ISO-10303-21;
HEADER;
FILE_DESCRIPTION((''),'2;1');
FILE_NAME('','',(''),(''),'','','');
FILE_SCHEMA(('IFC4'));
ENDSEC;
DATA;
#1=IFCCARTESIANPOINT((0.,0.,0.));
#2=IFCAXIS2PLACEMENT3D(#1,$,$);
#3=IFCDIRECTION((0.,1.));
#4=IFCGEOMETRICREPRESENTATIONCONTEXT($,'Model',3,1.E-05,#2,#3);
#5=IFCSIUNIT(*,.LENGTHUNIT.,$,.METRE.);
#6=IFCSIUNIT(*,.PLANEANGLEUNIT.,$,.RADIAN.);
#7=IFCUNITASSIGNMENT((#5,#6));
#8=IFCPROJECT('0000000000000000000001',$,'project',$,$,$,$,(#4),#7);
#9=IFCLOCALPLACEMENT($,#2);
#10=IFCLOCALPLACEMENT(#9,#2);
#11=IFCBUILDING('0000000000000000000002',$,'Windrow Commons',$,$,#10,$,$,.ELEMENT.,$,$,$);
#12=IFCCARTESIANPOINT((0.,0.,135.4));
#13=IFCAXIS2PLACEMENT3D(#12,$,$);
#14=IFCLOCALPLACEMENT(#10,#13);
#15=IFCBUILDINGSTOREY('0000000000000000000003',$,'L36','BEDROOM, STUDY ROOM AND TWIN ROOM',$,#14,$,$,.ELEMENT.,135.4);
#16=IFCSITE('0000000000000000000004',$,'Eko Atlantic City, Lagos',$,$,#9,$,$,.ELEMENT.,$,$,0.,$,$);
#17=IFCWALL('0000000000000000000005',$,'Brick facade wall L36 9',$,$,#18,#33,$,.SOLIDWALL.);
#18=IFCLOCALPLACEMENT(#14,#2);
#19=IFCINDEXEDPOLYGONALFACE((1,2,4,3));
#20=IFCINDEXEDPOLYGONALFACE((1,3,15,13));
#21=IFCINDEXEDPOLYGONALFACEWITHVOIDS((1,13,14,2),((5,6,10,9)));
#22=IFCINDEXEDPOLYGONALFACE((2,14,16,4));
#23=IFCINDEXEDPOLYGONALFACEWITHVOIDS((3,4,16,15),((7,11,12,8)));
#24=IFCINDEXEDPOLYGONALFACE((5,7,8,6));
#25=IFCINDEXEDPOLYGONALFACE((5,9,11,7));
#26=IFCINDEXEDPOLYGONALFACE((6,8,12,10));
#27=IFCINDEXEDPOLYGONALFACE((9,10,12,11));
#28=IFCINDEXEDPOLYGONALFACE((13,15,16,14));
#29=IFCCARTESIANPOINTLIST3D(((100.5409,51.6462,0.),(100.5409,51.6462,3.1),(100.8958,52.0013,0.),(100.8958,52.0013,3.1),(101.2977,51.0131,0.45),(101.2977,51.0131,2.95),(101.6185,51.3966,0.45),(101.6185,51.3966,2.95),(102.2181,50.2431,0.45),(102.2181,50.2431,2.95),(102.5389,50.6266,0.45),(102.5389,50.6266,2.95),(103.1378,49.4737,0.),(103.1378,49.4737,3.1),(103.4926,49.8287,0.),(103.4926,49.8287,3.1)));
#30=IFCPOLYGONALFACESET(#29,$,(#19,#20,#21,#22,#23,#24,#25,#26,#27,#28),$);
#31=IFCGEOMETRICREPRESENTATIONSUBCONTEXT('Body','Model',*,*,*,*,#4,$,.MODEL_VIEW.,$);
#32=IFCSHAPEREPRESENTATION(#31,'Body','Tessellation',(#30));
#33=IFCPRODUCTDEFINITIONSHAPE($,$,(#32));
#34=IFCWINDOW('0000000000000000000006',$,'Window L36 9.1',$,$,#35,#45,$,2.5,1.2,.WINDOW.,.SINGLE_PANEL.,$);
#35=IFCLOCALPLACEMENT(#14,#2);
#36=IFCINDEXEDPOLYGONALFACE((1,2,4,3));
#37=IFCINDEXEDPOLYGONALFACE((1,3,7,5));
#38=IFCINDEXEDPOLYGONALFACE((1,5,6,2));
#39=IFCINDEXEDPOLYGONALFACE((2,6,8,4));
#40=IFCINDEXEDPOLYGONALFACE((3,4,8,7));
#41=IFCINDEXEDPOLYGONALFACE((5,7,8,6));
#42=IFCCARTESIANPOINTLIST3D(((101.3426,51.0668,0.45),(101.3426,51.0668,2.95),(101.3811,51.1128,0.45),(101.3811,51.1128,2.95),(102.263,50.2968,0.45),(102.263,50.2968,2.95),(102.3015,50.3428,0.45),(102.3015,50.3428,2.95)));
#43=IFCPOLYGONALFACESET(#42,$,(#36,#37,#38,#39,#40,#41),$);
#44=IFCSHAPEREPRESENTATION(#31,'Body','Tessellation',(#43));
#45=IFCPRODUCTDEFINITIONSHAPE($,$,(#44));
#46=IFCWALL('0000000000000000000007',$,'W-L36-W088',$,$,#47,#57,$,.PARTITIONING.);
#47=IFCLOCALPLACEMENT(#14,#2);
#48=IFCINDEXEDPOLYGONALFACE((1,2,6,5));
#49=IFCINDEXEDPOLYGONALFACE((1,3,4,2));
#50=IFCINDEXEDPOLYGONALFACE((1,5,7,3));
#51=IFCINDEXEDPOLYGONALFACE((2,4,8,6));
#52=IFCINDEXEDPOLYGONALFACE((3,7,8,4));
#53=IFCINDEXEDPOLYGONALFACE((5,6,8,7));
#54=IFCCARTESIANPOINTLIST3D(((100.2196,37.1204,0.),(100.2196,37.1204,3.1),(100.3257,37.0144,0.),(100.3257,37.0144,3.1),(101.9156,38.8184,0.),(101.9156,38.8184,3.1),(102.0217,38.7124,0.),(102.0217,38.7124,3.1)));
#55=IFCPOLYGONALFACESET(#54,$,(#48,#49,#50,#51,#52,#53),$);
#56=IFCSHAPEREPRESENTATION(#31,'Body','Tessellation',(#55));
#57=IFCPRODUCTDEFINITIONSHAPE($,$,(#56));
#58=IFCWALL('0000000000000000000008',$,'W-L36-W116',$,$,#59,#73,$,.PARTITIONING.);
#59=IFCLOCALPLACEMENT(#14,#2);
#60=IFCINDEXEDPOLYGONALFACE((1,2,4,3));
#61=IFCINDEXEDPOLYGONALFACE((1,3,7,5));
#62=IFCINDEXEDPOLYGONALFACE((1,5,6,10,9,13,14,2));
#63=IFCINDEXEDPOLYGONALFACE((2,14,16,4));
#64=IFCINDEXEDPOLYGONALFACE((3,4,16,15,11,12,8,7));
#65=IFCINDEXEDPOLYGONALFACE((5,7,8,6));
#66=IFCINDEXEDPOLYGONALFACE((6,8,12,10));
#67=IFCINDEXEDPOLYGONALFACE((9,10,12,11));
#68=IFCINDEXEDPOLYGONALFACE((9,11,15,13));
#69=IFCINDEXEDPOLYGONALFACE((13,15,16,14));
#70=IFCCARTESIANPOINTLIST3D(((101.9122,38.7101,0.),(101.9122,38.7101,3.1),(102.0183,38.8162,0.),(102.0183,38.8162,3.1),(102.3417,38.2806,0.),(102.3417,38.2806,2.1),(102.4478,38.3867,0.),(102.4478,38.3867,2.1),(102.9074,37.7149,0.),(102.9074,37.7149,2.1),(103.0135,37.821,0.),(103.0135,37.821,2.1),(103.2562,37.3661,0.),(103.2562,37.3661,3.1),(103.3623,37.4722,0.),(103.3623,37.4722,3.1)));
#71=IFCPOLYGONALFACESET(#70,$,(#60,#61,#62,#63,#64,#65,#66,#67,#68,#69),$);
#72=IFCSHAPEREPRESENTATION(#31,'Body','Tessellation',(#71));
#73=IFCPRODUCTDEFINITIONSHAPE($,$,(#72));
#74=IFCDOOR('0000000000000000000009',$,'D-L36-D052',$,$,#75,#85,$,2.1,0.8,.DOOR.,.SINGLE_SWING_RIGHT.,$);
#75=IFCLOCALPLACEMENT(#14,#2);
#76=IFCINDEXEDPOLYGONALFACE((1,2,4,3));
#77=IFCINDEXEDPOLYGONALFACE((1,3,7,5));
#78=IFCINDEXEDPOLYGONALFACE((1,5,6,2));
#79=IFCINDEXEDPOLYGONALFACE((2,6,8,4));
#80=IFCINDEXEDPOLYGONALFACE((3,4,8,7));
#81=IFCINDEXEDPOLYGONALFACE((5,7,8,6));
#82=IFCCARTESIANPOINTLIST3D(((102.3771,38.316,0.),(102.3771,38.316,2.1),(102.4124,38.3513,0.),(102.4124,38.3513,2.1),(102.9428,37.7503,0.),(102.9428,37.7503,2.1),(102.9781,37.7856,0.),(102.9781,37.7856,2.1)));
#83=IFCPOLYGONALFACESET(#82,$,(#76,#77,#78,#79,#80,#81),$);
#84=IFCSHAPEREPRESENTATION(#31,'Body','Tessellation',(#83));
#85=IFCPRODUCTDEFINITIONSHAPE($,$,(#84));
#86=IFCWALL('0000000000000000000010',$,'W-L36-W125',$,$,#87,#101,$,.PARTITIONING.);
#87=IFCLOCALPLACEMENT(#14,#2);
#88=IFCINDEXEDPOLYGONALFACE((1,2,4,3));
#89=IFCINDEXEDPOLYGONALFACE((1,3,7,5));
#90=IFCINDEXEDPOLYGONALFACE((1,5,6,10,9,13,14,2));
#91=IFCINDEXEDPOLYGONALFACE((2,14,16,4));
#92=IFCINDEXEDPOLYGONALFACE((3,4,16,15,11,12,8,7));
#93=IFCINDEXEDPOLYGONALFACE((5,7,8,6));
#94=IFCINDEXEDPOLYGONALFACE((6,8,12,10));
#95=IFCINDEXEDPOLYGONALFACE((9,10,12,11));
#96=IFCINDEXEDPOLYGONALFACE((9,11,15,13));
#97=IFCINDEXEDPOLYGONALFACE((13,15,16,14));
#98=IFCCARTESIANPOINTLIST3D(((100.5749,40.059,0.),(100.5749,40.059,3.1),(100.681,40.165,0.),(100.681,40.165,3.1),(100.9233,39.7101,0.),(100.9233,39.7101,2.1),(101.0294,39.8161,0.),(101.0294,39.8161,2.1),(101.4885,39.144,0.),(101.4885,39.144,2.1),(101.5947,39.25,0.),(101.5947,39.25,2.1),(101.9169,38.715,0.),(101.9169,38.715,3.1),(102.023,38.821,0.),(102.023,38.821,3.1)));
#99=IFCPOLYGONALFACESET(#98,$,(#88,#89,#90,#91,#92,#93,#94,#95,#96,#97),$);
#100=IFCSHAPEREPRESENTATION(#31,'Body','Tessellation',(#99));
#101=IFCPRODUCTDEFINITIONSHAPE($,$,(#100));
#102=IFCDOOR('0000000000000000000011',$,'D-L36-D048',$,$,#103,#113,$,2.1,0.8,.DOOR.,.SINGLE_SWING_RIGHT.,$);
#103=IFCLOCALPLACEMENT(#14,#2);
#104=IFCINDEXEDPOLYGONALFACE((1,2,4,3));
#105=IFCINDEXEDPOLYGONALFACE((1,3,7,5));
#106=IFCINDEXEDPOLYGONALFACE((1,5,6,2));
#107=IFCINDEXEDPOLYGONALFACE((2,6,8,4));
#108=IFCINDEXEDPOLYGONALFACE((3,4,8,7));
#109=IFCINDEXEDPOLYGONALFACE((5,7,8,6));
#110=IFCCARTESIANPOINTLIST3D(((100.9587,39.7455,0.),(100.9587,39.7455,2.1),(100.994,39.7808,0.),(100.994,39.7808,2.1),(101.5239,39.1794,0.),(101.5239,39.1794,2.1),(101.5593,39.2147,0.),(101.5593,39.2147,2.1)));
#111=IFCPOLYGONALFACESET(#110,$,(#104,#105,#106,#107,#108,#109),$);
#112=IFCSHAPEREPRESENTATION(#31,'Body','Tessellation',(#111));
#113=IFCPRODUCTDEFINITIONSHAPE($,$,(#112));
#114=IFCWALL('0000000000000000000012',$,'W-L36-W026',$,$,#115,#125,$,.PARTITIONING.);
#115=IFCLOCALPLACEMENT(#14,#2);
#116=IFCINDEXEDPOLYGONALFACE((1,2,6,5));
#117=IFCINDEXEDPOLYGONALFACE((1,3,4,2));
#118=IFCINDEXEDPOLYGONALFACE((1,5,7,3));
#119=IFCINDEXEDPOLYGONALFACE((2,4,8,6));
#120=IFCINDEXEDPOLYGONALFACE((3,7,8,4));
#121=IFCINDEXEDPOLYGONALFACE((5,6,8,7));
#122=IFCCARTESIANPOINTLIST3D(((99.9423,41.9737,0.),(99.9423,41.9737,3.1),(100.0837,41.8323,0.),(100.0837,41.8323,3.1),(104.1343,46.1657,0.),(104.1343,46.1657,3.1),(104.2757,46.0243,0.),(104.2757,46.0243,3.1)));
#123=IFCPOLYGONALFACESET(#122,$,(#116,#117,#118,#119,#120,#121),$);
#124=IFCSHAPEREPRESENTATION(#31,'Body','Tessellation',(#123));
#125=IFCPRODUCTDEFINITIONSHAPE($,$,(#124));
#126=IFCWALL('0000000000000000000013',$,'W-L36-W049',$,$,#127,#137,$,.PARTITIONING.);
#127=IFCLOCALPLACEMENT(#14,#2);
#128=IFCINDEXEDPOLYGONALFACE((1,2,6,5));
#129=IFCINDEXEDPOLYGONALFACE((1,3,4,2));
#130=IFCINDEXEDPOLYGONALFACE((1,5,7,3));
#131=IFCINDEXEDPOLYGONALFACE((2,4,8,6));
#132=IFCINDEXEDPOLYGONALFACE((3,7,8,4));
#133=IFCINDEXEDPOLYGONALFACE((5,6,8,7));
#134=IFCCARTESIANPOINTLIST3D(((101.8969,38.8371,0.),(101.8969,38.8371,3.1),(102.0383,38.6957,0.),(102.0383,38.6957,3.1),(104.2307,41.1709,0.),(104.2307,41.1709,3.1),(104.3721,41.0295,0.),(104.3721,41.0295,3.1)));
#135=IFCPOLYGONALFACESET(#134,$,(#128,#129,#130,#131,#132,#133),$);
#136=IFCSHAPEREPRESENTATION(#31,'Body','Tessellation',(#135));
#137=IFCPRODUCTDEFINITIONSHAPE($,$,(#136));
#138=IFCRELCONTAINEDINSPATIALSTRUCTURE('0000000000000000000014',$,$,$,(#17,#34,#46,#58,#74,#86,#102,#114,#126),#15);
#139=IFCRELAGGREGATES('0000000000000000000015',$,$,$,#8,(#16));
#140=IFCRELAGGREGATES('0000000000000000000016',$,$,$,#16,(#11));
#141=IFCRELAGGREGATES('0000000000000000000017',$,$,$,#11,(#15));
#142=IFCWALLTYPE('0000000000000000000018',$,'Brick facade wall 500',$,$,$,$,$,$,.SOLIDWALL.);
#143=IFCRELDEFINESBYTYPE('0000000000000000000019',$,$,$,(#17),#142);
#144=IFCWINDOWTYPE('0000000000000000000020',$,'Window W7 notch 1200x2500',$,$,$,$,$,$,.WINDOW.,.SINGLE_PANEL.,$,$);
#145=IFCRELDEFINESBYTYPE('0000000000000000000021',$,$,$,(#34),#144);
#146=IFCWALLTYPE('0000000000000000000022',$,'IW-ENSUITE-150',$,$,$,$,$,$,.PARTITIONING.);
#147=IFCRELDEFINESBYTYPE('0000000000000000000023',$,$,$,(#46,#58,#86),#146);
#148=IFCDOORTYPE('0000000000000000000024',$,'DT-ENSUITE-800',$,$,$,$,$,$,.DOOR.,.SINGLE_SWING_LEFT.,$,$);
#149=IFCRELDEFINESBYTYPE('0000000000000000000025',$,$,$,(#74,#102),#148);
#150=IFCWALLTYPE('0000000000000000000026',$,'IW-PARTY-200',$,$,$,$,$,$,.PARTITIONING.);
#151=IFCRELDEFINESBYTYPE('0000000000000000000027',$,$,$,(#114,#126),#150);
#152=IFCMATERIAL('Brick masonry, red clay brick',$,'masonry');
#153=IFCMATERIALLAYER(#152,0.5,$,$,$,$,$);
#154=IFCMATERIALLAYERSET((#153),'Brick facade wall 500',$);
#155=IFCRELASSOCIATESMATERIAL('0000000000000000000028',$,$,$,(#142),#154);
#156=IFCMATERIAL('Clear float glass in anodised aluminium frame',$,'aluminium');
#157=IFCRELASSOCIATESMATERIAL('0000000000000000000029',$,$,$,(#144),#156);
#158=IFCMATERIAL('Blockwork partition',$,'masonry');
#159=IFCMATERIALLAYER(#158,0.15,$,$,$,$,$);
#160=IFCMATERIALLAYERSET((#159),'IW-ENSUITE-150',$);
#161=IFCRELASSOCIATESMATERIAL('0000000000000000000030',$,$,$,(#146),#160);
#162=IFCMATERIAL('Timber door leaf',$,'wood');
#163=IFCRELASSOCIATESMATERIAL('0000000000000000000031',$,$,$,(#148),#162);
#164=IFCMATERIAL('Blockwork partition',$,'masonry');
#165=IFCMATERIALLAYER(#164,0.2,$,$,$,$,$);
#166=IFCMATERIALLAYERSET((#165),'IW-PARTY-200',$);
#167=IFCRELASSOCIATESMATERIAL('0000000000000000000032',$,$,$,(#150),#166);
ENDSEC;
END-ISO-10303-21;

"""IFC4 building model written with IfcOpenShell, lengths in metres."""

from ifc_helpers import new_model, si_unit, direction, frame, frame_2d, origin, place, context, subcontext, project, spatial, polyline, rectangle, outline, extrude, material, layer, layer_set, type_object, element, fill, save


model = new_model("IFC4")

# Units and contexts
model_context = context("Model", 3, precision=1e-05, world=origin(), true_north=direction((0.0, 1.0)))
body_context = subcontext(model_context, "Body", "Model", "MODEL_VIEW")
ifc_project = project(units=[si_unit("LENGTHUNIT", "METRE"), si_unit("PLANEANGLEUNIT", "RADIAN")], contexts=[model_context])

# Site, building, storey
site_placement = place(None, origin())
site = spatial("IfcSite", under=ifc_project, at=site_placement, Name="Eko Atlantic City, Lagos", CompositionType="ELEMENT", RefElevation=0.0)
building_placement = place(site_placement, origin())
building = spatial("IfcBuilding", under=site, at=building_placement, Name="Windrow Commons", CompositionType="ELEMENT")
storey_placement = place(building_placement, frame((0.0, 0.0, 135.4)))
storey = spatial("IfcBuildingStorey", under=building, at=storey_placement, Name="L36", Description="BEDROOM, STUDY ROOM AND TWIN ROOM", CompositionType="ELEMENT", Elevation=135.4)

# Wall, opening, window
ifc_material_1 = material(Name="Brick masonry, red clay brick", Category="masonry")
ifc_layer_1 = layer(ifc_material_1, 0.5)
ifc_layer_set_1 = layer_set([ifc_layer_1], Name="Brick facade wall 500")
wall_type_1 = type_object("IfcWallType", Name="Brick facade wall 500", PredefinedType="SOLIDWALL", material=ifc_layer_set_1)
ifc_material_2 = material(Name="Clear float glass in anodised aluminium frame", Category="aluminium")
window_type_1 = type_object("IfcWindowType", Name="Window W7 notch 1200x2500", PartitioningType="SINGLE_PANEL", PredefinedType="WINDOW", material=ifc_material_2)
wall_1_placement = place(storey_placement, frame((103.3152, 49.6512, 0.0), z_axis=(0.0, 0.0, 1.0), x_axis=(-0.766985, 0.641665, 0.0)))
wall_1 = element("IfcWall", 1, at=wall_1_placement, inside=storey, type_object=wall_type_1, Name="Brick facade wall L36 9", PredefinedType="SOLIDWALL", context=body_context, shape_type="SweptSolid", body=[
    extrude(outline(polyline([(-0.0222, -0.25), (3.3636, -0.25), (3.408, 0.25), (0.0222, 0.25), (-0.0222, -0.25)])), origin(), (0.0, 0.0, 1.0), 3.1),
])
opening_1_placement = place(wall_1_placement, frame((1.2213, 0.0, 0.45)))
opening_1 = element("IfcOpeningElement", 2, at=opening_1_placement, cuts=wall_1, PredefinedType="OPENING", context=body_context, shape_type="SweptSolid", body=[
    extrude(rectangle(XDim=1.2, YDim=2.5, at=frame_2d((0.6, 1.25))), frame((0.0, 0.26, 0.0), z_axis=(0.0, -1.0, 0.0), x_axis=(1.0, 0.0, 0.0)), (0.0, 0.0, 1.0), 0.52),
])
window_1_placement = place(opening_1_placement, origin())
window_1 = element("IfcWindow", 3, at=window_1_placement, inside=storey, type_object=window_type_1, Name="Window L36 9.1", OverallHeight=2.5, OverallWidth=1.2, PartitioningType="SINGLE_PANEL", PredefinedType="WINDOW", context=body_context, shape_type="SweptSolid", body=[
    extrude(rectangle(XDim=1.2, YDim=2.5, at=frame_2d((0.6, 1.25))), frame((0.0, 0.18, 0.0), z_axis=(0.0, -1.0, 0.0), x_axis=(1.0, 0.0, 0.0)), (0.0, 0.0, 1.0), 0.06),
])
fill(opening_1, window_1)

# Wall
ifc_material_3 = material(Name="Blockwork partition", Category="masonry")
ifc_layer_2 = layer(ifc_material_3, 0.15)
ifc_layer_set_2 = layer_set([ifc_layer_2], Name="IW-ENSUITE-150")
wall_type_2 = type_object("IfcWallType", Name="IW-ENSUITE-150", PredefinedType="PARTITIONING", material=ifc_layer_set_2)
wall_2_placement = place(storey_placement, frame((100.2726, 37.0674, 0.0), z_axis=(0.0, 0.0, 1.0), x_axis=(0.70669, 0.707523, 0.0)))
element("IfcWall", 4, at=wall_2_placement, inside=storey, type_object=wall_type_2, Name="W-L36-W088", PredefinedType="PARTITIONING", context=body_context, shape_type="SweptSolid", body=[
    extrude(rectangle(XDim=2.3999, YDim=0.15, at=frame_2d((1.2, 0.0))), origin(), (0.0, 0.0, 1.0), 3.1),
])

# Walls, openings, doors
wall_3_placement = place(storey_placement, frame((101.9652, 38.7632, 0.0), z_axis=(0.0, 0.0, 1.0), x_axis=(0.707107, -0.707107, 0.0)))
wall_3 = element("IfcWall", 5, at=wall_3_placement, inside=storey, type_object=wall_type_2, Name="W-L36-W116", PredefinedType="PARTITIONING", context=body_context, shape_type="SweptSolid", body=[
    extrude(rectangle(XDim=1.9007, YDim=0.15, at=frame_2d((0.9504, 0.0))), origin(), (0.0, 0.0, 1.0), 3.1),
])
opening_2_placement = place(wall_3_placement, frame((0.6075, 0.0, 0.0)))
opening_2 = element("IfcOpeningElement", 6, at=opening_2_placement, cuts=wall_3, PredefinedType="OPENING", context=body_context, shape_type="SweptSolid", body=[
    extrude(rectangle(XDim=0.8, YDim=2.1, at=frame_2d((0.4, 1.05))), frame((0.0, 0.085, 0.0), z_axis=(0.0, -1.0, 0.0), x_axis=(1.0, 0.0, 0.0)), (0.0, 0.0, 1.0), 0.17),
])
ifc_material_4 = material(Name="Timber door leaf", Category="wood")
door_type = type_object("IfcDoorType", Name="DT-ENSUITE-800", OperationType="SINGLE_SWING_LEFT", PredefinedType="DOOR", material=ifc_material_4)
door_1_placement = place(opening_2_placement, origin())
door_1 = element("IfcDoor", 7, at=door_1_placement, inside=storey, type_object=door_type, Name="D-L36-D052", OperationType="SINGLE_SWING_RIGHT", OverallHeight=2.1, OverallWidth=0.8, PredefinedType="DOOR", context=body_context, shape_type="SweptSolid", body=[
    extrude(rectangle(XDim=0.8, YDim=2.1, at=frame_2d((0.4, 1.05))), frame((0.0, 0.025, 0.0), z_axis=(0.0, -1.0, 0.0), x_axis=(1.0, 0.0, 0.0)), (0.0, 0.0, 1.0), 0.05),
])
fill(opening_2, door_1)
wall_4_placement = place(storey_placement, frame((100.628, 40.112, 0.0), z_axis=(0.0, 0.0, 1.0), x_axis=(0.70658, -0.707633, 0.0)))
wall_4 = element("IfcWall", 8, at=wall_4_placement, inside=storey, type_object=wall_type_2, Name="W-L36-W125", PredefinedType="PARTITIONING", context=body_context, shape_type="SweptSolid", body=[
    extrude(rectangle(XDim=1.8993, YDim=0.15, at=frame_2d((0.9496, 0.0))), origin(), (0.0, 0.0, 1.0), 3.1),
])
opening_3_placement = place(wall_4_placement, frame((0.493, 0.0, 0.0)))
opening_3 = element("IfcOpeningElement", 9, at=opening_3_placement, cuts=wall_4, PredefinedType="OPENING", context=body_context, shape_type="SweptSolid", body=[
    extrude(rectangle(XDim=0.8, YDim=2.1, at=frame_2d((0.4, 1.05))), frame((0.0, 0.085, 0.0), z_axis=(0.0, -1.0, 0.0), x_axis=(1.0, 0.0, 0.0)), (0.0, 0.0, 1.0), 0.17),
])
door_2_placement = place(opening_3_placement, origin())
door_2 = element("IfcDoor", 10, at=door_2_placement, inside=storey, type_object=door_type, Name="D-L36-D048", OperationType="SINGLE_SWING_RIGHT", OverallHeight=2.1, OverallWidth=0.8, PredefinedType="DOOR", context=body_context, shape_type="SweptSolid", body=[
    extrude(rectangle(XDim=0.8, YDim=2.1, at=frame_2d((0.4, 1.05))), frame((0.0, 0.025, 0.0), z_axis=(0.0, -1.0, 0.0), x_axis=(1.0, 0.0, 0.0)), (0.0, 0.0, 1.0), 0.05),
])
fill(opening_3, door_2)

# Walls
ifc_material_5 = material(Name="Blockwork partition", Category="masonry")
ifc_layer_3 = layer(ifc_material_5, 0.2)
ifc_layer_set_3 = layer_set([ifc_layer_3], Name="IW-PARTY-200")
wall_type_3 = type_object("IfcWallType", Name="IW-PARTY-200", PredefinedType="PARTITIONING", material=ifc_layer_set_3)
wall_5_placement = place(storey_placement, frame((100.013, 41.903, 0.0), z_axis=(0.0, 0.0, 1.0), x_axis=(0.707107, 0.707107, 0.0)))
element("IfcWall", 11, at=wall_5_placement, inside=storey, type_object=wall_type_3, Name="W-L36-W026", PredefinedType="PARTITIONING", context=body_context, shape_type="SweptSolid", body=[
    extrude(rectangle(XDim=5.9284, YDim=0.2, at=frame_2d((2.9642, 0.0))), origin(), (0.0, 0.0, 1.0), 3.1),
])
wall_6_placement = place(storey_placement, frame((101.9676, 38.7664, 0.0), z_axis=(0.0, 0.0, 1.0), x_axis=(0.707107, 0.707107, 0.0)))
element("IfcWall", 12, at=wall_6_placement, inside=storey, type_object=wall_type_3, Name="W-L36-W049", PredefinedType="PARTITIONING", context=body_context, shape_type="SweptSolid", body=[
    extrude(rectangle(XDim=3.3005, YDim=0.2, at=frame_2d((1.6502, 0.0))), origin(), (0.0, 0.0, 1.0), 3.1),
])

save(model, "model.ifc")
